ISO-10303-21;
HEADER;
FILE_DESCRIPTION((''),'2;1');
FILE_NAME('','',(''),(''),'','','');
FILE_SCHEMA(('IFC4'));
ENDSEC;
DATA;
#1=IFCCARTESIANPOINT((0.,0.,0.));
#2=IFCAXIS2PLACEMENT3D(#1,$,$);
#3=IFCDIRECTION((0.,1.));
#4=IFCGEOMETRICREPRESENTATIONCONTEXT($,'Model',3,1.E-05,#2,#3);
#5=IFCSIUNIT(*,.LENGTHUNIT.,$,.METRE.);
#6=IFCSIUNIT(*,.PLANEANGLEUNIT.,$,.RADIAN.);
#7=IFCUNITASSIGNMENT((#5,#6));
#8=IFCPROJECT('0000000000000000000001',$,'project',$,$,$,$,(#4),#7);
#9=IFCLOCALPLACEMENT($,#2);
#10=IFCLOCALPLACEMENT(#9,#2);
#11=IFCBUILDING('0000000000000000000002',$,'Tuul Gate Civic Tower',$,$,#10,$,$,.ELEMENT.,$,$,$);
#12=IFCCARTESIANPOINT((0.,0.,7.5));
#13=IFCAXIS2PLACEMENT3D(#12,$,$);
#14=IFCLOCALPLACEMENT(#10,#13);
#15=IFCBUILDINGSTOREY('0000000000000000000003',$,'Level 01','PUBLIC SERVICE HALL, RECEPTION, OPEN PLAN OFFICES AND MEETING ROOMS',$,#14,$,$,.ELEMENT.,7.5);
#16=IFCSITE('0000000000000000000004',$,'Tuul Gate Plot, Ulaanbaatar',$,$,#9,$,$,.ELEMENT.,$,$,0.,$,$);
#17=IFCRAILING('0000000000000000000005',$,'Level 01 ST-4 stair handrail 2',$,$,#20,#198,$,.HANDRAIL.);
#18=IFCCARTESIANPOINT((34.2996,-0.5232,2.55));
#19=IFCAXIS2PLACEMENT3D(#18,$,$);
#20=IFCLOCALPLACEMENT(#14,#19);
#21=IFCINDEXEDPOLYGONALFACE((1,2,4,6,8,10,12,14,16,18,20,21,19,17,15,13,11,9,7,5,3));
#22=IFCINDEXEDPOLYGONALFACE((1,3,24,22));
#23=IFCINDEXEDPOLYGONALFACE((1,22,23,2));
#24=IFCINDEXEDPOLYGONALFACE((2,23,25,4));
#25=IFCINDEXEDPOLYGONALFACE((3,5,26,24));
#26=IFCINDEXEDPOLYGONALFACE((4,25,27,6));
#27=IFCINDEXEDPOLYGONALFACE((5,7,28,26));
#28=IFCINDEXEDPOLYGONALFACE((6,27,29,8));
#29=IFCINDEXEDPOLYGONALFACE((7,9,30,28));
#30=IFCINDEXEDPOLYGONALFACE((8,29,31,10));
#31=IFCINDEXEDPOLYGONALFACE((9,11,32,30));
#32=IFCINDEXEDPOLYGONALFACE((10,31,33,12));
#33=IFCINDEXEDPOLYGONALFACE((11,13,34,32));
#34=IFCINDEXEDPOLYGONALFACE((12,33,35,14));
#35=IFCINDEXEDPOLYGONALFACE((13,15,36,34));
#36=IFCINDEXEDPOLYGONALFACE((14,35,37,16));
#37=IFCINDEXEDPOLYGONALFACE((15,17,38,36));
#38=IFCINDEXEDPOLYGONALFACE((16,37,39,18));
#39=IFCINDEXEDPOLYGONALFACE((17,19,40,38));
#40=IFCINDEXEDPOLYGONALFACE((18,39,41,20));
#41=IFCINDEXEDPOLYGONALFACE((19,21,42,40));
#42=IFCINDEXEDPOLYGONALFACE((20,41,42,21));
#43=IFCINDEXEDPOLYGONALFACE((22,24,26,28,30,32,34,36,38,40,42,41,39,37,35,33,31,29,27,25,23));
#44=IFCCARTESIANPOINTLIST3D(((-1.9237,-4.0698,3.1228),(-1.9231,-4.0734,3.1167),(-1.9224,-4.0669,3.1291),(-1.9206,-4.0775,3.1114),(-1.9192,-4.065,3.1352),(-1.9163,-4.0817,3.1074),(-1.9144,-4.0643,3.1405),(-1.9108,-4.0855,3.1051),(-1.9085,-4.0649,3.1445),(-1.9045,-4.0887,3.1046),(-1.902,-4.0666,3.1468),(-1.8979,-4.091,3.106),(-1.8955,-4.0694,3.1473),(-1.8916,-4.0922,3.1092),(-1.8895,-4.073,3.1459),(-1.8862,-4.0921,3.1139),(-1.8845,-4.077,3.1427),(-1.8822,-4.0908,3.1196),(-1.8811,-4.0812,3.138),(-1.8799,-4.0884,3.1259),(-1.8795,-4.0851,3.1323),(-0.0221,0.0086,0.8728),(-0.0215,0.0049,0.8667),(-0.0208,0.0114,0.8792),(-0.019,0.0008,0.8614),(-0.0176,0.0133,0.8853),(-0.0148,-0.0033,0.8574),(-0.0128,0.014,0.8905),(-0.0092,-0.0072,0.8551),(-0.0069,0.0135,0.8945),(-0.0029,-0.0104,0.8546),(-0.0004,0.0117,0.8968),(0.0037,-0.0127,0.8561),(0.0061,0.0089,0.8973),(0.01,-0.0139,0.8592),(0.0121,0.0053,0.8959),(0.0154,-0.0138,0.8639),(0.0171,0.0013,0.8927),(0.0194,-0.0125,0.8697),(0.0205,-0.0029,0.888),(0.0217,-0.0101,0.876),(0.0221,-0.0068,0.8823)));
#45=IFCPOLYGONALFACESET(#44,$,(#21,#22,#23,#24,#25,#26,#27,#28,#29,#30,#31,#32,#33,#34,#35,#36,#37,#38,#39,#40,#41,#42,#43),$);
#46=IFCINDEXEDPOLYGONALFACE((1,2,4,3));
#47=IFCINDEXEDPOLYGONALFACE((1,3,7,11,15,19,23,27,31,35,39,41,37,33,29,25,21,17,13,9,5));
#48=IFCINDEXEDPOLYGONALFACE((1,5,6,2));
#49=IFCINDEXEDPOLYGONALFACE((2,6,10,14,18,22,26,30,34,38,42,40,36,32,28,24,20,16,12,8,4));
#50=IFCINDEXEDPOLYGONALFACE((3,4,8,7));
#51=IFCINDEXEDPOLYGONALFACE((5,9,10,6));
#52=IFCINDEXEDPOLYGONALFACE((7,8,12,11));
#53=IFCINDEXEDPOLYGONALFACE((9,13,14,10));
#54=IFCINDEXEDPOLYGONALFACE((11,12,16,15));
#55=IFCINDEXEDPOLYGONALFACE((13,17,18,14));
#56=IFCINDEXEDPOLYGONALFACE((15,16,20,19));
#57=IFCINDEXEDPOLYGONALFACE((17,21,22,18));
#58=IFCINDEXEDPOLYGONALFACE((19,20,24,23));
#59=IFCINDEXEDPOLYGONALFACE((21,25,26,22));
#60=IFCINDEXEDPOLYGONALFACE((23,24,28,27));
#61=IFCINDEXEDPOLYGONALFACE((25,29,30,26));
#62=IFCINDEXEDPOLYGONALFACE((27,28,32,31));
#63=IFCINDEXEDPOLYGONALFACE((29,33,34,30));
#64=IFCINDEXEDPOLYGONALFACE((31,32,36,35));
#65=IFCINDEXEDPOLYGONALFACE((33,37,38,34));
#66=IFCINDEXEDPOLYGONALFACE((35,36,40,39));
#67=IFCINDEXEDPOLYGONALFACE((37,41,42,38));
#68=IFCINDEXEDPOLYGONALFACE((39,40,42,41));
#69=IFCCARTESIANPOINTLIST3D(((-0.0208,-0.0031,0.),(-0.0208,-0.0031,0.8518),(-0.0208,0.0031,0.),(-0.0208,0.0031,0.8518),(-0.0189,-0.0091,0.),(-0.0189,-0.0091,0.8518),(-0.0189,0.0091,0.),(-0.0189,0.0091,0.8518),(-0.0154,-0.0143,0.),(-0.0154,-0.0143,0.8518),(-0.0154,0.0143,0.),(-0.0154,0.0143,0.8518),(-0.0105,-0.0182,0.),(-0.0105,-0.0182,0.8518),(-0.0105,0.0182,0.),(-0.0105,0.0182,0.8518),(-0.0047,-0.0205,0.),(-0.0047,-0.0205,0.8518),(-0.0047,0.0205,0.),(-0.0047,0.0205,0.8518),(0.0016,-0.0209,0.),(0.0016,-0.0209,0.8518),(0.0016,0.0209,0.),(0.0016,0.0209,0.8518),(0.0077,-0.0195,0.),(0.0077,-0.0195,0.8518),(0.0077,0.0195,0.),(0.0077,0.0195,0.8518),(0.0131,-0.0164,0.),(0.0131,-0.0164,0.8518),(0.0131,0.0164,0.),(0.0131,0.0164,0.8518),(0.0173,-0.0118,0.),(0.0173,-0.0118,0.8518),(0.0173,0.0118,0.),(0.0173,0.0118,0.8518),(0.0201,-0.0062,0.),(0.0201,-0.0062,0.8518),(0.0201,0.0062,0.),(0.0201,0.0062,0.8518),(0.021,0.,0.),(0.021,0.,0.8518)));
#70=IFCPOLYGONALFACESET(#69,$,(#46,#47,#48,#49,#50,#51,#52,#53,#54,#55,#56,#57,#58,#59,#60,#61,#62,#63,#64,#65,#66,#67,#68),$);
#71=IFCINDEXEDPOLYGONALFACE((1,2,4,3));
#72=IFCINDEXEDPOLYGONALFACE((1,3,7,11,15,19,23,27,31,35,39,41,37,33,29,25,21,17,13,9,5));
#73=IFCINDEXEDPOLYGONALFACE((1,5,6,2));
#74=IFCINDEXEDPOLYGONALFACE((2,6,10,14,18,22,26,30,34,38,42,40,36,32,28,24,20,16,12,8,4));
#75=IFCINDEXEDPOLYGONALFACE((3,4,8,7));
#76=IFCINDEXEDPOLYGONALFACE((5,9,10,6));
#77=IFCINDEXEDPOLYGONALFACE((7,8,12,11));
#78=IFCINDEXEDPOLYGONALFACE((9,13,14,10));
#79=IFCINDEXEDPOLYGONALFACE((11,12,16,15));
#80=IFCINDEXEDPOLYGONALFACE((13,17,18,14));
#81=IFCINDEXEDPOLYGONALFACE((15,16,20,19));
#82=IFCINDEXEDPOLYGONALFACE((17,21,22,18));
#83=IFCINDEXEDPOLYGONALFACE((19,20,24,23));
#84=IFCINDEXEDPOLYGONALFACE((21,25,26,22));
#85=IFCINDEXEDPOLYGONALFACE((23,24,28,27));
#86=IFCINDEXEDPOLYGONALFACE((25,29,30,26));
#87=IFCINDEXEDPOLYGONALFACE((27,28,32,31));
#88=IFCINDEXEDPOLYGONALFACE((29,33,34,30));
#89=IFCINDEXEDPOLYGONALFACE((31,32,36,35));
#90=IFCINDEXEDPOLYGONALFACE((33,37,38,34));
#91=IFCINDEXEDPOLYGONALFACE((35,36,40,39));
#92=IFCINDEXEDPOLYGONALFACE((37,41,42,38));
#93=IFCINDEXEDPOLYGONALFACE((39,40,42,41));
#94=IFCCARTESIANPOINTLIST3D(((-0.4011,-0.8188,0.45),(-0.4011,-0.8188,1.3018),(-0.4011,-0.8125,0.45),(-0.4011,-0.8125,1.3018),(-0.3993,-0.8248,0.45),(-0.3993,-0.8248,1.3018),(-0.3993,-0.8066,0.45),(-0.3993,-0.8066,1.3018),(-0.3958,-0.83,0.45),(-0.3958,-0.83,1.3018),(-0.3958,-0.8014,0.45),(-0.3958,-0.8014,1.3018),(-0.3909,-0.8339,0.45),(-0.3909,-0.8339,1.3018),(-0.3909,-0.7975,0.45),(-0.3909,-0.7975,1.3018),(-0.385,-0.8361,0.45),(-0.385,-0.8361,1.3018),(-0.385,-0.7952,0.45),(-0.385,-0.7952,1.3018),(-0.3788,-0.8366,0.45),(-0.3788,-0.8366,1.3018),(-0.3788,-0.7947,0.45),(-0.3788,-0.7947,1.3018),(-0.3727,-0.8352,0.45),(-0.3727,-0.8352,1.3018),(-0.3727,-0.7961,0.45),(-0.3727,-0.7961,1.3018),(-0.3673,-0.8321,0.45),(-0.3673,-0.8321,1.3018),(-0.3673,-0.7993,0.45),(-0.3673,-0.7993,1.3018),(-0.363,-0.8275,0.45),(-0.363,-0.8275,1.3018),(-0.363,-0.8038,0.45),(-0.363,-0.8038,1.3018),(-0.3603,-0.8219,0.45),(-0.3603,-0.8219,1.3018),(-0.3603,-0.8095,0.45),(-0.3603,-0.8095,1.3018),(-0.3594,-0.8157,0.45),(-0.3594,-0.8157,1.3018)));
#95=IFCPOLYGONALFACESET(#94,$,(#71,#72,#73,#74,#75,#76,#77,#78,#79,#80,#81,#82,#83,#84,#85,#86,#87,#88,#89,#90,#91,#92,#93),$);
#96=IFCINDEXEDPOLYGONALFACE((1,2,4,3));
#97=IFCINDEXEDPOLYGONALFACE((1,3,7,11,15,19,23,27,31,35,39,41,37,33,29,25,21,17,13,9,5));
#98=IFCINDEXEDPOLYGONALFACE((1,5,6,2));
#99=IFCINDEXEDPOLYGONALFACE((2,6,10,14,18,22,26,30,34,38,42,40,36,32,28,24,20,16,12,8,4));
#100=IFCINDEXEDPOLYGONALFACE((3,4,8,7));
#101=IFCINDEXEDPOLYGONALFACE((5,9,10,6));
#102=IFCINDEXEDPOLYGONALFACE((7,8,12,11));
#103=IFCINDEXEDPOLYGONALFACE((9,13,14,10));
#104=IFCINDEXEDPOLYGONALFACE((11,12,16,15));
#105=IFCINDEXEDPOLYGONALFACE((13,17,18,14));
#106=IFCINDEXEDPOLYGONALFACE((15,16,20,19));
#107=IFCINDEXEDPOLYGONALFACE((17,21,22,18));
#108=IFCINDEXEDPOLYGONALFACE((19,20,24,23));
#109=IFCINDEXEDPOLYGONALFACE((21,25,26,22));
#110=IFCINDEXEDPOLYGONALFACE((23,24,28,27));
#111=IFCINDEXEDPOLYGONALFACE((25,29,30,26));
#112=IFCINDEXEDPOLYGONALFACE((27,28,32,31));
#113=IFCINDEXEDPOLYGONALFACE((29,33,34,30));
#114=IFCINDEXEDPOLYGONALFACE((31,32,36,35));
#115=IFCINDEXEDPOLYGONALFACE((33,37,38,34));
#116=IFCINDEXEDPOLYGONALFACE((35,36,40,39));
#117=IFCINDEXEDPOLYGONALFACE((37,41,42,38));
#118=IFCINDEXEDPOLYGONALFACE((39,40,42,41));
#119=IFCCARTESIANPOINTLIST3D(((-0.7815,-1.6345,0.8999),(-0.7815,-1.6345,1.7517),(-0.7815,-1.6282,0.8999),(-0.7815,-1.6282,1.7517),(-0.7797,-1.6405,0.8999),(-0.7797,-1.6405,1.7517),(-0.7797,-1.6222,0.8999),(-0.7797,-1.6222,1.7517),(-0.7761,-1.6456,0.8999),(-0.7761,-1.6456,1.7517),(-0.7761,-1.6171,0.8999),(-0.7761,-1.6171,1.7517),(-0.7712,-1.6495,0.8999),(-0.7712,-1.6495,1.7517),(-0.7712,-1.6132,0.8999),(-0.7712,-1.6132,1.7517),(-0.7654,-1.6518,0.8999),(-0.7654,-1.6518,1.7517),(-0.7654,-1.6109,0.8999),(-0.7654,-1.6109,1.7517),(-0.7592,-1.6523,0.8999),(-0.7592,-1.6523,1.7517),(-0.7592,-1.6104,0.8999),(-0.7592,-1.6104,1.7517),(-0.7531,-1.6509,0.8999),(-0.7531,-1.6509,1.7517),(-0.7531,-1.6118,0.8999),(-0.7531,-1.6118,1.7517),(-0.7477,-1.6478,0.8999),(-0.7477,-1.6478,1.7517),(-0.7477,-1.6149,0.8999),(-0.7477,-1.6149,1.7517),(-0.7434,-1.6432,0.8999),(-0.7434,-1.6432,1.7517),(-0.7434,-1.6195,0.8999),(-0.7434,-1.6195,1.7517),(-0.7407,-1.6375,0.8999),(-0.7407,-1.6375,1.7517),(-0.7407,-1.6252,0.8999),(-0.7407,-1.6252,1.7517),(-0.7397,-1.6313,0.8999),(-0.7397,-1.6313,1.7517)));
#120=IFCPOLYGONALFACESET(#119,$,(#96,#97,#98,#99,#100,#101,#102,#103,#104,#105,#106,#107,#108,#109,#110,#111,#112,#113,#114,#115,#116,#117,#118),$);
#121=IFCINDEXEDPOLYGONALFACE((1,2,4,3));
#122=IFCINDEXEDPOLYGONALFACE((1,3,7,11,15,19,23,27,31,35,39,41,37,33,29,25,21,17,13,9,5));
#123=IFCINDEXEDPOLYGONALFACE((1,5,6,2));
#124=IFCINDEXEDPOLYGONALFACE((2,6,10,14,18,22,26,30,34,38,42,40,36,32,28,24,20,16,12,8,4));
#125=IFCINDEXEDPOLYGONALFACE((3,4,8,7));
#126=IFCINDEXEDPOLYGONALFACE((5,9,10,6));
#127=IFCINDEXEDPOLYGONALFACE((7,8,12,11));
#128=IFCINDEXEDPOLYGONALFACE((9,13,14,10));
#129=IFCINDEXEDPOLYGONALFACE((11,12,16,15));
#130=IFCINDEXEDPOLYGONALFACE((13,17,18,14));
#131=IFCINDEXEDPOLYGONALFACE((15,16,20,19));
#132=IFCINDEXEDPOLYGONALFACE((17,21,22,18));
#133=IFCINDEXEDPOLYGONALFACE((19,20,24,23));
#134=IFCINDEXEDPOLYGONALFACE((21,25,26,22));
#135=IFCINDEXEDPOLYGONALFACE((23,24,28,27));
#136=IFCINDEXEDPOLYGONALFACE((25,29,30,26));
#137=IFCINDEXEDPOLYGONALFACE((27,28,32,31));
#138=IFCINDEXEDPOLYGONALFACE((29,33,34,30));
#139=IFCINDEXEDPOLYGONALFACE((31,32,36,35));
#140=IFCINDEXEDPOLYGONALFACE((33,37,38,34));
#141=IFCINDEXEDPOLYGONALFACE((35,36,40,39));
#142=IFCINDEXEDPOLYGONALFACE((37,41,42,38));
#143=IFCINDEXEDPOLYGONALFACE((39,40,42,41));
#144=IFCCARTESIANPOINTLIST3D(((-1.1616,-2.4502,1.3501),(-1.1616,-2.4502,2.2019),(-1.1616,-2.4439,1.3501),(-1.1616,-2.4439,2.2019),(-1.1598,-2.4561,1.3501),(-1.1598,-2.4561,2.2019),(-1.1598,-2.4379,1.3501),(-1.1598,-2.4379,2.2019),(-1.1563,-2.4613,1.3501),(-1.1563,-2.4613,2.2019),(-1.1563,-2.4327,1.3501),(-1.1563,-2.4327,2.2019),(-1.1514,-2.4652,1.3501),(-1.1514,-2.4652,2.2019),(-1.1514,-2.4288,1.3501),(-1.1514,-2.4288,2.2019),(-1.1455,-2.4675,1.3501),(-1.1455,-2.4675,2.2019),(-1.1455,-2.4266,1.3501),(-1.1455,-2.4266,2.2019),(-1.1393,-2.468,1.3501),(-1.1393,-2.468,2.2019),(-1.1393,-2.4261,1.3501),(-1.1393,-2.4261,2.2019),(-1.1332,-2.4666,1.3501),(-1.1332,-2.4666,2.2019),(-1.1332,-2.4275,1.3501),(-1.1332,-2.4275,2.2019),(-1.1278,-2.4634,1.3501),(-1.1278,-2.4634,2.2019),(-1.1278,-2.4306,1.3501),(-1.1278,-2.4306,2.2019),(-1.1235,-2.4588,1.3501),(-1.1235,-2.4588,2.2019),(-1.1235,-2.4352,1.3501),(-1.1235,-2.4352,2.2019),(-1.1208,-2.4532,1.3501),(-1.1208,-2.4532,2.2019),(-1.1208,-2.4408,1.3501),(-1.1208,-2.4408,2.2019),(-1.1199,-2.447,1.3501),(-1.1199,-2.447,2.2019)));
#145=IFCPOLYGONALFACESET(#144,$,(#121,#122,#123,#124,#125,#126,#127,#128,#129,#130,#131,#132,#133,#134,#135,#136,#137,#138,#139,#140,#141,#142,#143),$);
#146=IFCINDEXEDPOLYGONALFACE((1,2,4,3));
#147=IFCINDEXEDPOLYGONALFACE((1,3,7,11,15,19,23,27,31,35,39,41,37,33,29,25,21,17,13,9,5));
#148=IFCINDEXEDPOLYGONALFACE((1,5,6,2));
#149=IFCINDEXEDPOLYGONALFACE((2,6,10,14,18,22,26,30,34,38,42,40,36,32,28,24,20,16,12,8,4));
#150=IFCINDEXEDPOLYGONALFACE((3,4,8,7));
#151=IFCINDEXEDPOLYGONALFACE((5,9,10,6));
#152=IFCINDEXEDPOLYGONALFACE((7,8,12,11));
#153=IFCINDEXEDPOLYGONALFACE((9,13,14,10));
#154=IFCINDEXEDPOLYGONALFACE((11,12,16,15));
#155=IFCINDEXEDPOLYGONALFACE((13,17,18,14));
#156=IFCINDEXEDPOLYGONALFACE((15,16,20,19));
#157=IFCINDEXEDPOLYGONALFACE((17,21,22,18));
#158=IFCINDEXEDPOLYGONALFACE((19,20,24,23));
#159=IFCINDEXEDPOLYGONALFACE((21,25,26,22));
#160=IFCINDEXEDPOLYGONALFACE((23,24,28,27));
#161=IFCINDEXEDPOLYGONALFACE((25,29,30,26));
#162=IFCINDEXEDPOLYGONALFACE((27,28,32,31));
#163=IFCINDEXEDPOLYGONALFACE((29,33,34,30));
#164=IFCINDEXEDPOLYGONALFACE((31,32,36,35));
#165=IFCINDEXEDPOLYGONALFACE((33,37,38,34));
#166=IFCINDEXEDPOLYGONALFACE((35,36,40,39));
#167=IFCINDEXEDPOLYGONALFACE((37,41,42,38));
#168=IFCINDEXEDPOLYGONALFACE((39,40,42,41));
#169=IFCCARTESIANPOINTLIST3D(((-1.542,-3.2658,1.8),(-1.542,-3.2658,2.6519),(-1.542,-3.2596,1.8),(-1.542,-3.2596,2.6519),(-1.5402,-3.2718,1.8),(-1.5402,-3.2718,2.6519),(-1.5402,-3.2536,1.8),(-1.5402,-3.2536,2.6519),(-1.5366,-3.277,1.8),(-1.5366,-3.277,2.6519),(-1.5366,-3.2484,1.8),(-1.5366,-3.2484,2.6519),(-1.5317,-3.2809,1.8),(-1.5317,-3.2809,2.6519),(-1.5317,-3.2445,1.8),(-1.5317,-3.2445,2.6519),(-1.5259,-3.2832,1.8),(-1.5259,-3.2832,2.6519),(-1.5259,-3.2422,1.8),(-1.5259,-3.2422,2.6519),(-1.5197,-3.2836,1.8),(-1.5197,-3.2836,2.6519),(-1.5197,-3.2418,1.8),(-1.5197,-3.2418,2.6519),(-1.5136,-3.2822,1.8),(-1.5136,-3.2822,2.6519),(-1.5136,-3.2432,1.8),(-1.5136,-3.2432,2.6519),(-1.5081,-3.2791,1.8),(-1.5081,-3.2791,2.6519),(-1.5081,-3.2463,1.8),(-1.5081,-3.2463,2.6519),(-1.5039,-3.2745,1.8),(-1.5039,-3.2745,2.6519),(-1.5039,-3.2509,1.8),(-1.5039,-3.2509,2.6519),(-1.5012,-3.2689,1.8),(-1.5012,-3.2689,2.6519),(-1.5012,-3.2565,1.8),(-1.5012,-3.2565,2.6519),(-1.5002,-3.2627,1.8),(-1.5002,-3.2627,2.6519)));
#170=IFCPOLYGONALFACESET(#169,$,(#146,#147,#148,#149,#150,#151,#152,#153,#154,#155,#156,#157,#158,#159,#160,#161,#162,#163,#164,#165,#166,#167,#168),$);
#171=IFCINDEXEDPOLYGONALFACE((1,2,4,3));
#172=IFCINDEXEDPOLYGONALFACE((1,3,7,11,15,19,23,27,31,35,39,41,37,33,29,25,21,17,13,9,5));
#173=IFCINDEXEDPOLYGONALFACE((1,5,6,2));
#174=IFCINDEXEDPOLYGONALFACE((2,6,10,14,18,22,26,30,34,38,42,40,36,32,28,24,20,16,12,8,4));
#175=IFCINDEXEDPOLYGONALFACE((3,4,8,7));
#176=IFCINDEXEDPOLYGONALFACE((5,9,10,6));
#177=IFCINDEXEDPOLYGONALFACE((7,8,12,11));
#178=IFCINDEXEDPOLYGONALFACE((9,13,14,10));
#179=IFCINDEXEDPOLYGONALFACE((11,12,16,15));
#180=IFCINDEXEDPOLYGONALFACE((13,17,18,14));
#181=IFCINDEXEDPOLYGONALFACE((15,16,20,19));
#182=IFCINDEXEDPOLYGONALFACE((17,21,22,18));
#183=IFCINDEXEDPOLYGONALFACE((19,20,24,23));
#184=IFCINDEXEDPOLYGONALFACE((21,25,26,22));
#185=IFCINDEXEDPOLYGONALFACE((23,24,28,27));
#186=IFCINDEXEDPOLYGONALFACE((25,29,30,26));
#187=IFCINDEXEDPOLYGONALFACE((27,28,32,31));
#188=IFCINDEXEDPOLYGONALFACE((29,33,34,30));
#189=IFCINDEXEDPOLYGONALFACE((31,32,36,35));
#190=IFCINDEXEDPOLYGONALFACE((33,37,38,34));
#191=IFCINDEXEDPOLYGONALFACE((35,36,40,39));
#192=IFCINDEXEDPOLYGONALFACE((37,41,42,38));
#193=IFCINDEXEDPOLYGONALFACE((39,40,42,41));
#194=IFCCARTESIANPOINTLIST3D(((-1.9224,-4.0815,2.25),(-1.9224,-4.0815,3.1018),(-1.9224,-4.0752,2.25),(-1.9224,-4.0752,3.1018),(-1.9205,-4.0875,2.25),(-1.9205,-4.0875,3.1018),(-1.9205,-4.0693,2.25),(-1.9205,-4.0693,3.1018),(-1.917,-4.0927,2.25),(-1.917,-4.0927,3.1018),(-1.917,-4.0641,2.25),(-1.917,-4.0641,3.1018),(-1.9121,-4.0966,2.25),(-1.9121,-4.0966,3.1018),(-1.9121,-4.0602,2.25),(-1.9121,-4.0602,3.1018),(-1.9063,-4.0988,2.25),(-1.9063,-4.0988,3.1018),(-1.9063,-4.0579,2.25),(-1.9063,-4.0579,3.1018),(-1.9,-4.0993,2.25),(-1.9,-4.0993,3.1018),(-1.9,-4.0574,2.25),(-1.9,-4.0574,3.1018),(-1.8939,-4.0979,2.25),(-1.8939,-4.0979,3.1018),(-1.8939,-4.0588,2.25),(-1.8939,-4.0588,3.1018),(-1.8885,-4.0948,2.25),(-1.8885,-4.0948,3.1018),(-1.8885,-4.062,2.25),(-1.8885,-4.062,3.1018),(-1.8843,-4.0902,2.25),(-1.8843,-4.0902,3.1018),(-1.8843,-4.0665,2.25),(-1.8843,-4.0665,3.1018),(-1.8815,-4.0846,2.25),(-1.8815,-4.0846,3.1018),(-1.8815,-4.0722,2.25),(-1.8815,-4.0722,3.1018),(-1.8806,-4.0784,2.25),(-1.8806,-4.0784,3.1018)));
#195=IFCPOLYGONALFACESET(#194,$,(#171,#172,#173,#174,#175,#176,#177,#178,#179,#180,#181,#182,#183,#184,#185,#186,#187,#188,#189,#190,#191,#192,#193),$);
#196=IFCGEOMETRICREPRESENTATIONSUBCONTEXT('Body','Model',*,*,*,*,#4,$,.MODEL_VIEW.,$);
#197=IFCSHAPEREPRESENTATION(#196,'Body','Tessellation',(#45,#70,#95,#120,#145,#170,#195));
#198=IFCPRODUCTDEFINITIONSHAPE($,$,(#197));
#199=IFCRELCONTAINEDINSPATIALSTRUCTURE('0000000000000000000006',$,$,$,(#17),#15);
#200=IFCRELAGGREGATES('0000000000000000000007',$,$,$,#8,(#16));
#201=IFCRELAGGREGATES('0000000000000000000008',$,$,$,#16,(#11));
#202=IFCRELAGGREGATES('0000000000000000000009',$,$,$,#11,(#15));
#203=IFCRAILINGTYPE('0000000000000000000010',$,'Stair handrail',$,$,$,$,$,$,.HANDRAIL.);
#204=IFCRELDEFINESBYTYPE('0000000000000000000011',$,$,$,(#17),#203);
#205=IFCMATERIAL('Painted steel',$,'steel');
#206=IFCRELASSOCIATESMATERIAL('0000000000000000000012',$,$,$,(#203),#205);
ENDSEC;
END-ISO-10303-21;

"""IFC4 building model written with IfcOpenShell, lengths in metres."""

from ifc_helpers import new_model, si_unit, direction, frame, origin, origin_2d, place, context, subcontext, project, spatial, circle, extrude, material, type_object, element, save


model = new_model("IFC4")

# Units and contexts
model_context = context("Model", 3, precision=1e-05, world=origin(), true_north=direction((0.0, 1.0)))
body_context = subcontext(model_context, "Body", "Model", "MODEL_VIEW")
ifc_project = project(units=[si_unit("LENGTHUNIT", "METRE"), si_unit("PLANEANGLEUNIT", "RADIAN")], contexts=[model_context])

# Site, building, storey
site_placement = place(None, origin())
site = spatial("IfcSite", under=ifc_project, at=site_placement, Name="Tuul Gate Plot, Ulaanbaatar", CompositionType="ELEMENT", RefElevation=0.0)
building_placement = place(site_placement, origin())
building = spatial("IfcBuilding", under=site, at=building_placement, Name="Tuul Gate Civic Tower", CompositionType="ELEMENT")
storey_placement = place(building_placement, frame((0.0, 0.0, 7.5)))
storey = spatial("IfcBuildingStorey", under=building, at=storey_placement, Name="Level 01", Description="PUBLIC SERVICE HALL, RECEPTION, OPEN PLAN OFFICES AND MEETING ROOMS", CompositionType="ELEMENT", Elevation=7.5)

# Railing
ifc_material_1 = material(Name="Painted steel", Category="steel")
railing_type_1 = type_object("IfcRailingType", Name="Stair handrail", PredefinedType="HANDRAIL", material=ifc_material_1)
railing_1_placement = place(storey_placement, frame((34.2996, -0.5232, 2.55)))
element("IfcRailing", 1, at=railing_1_placement, inside=storey, type_object=railing_type_1, Name="Level 01 ST-4 stair handrail 2", PredefinedType="HANDRAIL", context=body_context, shape_type="SweptSolid", body=[
    extrude(circle(Radius=0.0239, at=origin_2d()), frame((0.0, 0.0, 0.876), z_axis=(-0.377973, -0.810636, 0.44722), x_axis=(0.906322, -0.422588, 0.0)), (0.0, 0.0, 1.0), 5.031),
    extrude(circle(Radius=0.021, at=origin_2d()), origin(), (0.0, 0.0, 1.0), 0.8518),
    extrude(circle(Radius=0.021, at=origin_2d()), frame((-0.3804, -0.8157, 0.45)), (0.0, 0.0, 1.0), 0.8518),
    extrude(circle(Radius=0.021, at=origin_2d()), frame((-0.7607, -1.6313, 0.8999)), (0.0, 0.0, 1.0), 0.8518),
    extrude(circle(Radius=0.021, at=origin_2d()), frame((-1.1409, -2.447, 1.3501)), (0.0, 0.0, 1.0), 0.8518),
    extrude(circle(Radius=0.021, at=origin_2d()), frame((-1.5212, -3.2627, 1.8)), (0.0, 0.0, 1.0), 0.8518),
    extrude(circle(Radius=0.021, at=origin_2d()), frame((-1.9016, -4.0784, 2.25)), (0.0, 0.0, 1.0), 0.8518),
])

save(model, "model.ifc")
